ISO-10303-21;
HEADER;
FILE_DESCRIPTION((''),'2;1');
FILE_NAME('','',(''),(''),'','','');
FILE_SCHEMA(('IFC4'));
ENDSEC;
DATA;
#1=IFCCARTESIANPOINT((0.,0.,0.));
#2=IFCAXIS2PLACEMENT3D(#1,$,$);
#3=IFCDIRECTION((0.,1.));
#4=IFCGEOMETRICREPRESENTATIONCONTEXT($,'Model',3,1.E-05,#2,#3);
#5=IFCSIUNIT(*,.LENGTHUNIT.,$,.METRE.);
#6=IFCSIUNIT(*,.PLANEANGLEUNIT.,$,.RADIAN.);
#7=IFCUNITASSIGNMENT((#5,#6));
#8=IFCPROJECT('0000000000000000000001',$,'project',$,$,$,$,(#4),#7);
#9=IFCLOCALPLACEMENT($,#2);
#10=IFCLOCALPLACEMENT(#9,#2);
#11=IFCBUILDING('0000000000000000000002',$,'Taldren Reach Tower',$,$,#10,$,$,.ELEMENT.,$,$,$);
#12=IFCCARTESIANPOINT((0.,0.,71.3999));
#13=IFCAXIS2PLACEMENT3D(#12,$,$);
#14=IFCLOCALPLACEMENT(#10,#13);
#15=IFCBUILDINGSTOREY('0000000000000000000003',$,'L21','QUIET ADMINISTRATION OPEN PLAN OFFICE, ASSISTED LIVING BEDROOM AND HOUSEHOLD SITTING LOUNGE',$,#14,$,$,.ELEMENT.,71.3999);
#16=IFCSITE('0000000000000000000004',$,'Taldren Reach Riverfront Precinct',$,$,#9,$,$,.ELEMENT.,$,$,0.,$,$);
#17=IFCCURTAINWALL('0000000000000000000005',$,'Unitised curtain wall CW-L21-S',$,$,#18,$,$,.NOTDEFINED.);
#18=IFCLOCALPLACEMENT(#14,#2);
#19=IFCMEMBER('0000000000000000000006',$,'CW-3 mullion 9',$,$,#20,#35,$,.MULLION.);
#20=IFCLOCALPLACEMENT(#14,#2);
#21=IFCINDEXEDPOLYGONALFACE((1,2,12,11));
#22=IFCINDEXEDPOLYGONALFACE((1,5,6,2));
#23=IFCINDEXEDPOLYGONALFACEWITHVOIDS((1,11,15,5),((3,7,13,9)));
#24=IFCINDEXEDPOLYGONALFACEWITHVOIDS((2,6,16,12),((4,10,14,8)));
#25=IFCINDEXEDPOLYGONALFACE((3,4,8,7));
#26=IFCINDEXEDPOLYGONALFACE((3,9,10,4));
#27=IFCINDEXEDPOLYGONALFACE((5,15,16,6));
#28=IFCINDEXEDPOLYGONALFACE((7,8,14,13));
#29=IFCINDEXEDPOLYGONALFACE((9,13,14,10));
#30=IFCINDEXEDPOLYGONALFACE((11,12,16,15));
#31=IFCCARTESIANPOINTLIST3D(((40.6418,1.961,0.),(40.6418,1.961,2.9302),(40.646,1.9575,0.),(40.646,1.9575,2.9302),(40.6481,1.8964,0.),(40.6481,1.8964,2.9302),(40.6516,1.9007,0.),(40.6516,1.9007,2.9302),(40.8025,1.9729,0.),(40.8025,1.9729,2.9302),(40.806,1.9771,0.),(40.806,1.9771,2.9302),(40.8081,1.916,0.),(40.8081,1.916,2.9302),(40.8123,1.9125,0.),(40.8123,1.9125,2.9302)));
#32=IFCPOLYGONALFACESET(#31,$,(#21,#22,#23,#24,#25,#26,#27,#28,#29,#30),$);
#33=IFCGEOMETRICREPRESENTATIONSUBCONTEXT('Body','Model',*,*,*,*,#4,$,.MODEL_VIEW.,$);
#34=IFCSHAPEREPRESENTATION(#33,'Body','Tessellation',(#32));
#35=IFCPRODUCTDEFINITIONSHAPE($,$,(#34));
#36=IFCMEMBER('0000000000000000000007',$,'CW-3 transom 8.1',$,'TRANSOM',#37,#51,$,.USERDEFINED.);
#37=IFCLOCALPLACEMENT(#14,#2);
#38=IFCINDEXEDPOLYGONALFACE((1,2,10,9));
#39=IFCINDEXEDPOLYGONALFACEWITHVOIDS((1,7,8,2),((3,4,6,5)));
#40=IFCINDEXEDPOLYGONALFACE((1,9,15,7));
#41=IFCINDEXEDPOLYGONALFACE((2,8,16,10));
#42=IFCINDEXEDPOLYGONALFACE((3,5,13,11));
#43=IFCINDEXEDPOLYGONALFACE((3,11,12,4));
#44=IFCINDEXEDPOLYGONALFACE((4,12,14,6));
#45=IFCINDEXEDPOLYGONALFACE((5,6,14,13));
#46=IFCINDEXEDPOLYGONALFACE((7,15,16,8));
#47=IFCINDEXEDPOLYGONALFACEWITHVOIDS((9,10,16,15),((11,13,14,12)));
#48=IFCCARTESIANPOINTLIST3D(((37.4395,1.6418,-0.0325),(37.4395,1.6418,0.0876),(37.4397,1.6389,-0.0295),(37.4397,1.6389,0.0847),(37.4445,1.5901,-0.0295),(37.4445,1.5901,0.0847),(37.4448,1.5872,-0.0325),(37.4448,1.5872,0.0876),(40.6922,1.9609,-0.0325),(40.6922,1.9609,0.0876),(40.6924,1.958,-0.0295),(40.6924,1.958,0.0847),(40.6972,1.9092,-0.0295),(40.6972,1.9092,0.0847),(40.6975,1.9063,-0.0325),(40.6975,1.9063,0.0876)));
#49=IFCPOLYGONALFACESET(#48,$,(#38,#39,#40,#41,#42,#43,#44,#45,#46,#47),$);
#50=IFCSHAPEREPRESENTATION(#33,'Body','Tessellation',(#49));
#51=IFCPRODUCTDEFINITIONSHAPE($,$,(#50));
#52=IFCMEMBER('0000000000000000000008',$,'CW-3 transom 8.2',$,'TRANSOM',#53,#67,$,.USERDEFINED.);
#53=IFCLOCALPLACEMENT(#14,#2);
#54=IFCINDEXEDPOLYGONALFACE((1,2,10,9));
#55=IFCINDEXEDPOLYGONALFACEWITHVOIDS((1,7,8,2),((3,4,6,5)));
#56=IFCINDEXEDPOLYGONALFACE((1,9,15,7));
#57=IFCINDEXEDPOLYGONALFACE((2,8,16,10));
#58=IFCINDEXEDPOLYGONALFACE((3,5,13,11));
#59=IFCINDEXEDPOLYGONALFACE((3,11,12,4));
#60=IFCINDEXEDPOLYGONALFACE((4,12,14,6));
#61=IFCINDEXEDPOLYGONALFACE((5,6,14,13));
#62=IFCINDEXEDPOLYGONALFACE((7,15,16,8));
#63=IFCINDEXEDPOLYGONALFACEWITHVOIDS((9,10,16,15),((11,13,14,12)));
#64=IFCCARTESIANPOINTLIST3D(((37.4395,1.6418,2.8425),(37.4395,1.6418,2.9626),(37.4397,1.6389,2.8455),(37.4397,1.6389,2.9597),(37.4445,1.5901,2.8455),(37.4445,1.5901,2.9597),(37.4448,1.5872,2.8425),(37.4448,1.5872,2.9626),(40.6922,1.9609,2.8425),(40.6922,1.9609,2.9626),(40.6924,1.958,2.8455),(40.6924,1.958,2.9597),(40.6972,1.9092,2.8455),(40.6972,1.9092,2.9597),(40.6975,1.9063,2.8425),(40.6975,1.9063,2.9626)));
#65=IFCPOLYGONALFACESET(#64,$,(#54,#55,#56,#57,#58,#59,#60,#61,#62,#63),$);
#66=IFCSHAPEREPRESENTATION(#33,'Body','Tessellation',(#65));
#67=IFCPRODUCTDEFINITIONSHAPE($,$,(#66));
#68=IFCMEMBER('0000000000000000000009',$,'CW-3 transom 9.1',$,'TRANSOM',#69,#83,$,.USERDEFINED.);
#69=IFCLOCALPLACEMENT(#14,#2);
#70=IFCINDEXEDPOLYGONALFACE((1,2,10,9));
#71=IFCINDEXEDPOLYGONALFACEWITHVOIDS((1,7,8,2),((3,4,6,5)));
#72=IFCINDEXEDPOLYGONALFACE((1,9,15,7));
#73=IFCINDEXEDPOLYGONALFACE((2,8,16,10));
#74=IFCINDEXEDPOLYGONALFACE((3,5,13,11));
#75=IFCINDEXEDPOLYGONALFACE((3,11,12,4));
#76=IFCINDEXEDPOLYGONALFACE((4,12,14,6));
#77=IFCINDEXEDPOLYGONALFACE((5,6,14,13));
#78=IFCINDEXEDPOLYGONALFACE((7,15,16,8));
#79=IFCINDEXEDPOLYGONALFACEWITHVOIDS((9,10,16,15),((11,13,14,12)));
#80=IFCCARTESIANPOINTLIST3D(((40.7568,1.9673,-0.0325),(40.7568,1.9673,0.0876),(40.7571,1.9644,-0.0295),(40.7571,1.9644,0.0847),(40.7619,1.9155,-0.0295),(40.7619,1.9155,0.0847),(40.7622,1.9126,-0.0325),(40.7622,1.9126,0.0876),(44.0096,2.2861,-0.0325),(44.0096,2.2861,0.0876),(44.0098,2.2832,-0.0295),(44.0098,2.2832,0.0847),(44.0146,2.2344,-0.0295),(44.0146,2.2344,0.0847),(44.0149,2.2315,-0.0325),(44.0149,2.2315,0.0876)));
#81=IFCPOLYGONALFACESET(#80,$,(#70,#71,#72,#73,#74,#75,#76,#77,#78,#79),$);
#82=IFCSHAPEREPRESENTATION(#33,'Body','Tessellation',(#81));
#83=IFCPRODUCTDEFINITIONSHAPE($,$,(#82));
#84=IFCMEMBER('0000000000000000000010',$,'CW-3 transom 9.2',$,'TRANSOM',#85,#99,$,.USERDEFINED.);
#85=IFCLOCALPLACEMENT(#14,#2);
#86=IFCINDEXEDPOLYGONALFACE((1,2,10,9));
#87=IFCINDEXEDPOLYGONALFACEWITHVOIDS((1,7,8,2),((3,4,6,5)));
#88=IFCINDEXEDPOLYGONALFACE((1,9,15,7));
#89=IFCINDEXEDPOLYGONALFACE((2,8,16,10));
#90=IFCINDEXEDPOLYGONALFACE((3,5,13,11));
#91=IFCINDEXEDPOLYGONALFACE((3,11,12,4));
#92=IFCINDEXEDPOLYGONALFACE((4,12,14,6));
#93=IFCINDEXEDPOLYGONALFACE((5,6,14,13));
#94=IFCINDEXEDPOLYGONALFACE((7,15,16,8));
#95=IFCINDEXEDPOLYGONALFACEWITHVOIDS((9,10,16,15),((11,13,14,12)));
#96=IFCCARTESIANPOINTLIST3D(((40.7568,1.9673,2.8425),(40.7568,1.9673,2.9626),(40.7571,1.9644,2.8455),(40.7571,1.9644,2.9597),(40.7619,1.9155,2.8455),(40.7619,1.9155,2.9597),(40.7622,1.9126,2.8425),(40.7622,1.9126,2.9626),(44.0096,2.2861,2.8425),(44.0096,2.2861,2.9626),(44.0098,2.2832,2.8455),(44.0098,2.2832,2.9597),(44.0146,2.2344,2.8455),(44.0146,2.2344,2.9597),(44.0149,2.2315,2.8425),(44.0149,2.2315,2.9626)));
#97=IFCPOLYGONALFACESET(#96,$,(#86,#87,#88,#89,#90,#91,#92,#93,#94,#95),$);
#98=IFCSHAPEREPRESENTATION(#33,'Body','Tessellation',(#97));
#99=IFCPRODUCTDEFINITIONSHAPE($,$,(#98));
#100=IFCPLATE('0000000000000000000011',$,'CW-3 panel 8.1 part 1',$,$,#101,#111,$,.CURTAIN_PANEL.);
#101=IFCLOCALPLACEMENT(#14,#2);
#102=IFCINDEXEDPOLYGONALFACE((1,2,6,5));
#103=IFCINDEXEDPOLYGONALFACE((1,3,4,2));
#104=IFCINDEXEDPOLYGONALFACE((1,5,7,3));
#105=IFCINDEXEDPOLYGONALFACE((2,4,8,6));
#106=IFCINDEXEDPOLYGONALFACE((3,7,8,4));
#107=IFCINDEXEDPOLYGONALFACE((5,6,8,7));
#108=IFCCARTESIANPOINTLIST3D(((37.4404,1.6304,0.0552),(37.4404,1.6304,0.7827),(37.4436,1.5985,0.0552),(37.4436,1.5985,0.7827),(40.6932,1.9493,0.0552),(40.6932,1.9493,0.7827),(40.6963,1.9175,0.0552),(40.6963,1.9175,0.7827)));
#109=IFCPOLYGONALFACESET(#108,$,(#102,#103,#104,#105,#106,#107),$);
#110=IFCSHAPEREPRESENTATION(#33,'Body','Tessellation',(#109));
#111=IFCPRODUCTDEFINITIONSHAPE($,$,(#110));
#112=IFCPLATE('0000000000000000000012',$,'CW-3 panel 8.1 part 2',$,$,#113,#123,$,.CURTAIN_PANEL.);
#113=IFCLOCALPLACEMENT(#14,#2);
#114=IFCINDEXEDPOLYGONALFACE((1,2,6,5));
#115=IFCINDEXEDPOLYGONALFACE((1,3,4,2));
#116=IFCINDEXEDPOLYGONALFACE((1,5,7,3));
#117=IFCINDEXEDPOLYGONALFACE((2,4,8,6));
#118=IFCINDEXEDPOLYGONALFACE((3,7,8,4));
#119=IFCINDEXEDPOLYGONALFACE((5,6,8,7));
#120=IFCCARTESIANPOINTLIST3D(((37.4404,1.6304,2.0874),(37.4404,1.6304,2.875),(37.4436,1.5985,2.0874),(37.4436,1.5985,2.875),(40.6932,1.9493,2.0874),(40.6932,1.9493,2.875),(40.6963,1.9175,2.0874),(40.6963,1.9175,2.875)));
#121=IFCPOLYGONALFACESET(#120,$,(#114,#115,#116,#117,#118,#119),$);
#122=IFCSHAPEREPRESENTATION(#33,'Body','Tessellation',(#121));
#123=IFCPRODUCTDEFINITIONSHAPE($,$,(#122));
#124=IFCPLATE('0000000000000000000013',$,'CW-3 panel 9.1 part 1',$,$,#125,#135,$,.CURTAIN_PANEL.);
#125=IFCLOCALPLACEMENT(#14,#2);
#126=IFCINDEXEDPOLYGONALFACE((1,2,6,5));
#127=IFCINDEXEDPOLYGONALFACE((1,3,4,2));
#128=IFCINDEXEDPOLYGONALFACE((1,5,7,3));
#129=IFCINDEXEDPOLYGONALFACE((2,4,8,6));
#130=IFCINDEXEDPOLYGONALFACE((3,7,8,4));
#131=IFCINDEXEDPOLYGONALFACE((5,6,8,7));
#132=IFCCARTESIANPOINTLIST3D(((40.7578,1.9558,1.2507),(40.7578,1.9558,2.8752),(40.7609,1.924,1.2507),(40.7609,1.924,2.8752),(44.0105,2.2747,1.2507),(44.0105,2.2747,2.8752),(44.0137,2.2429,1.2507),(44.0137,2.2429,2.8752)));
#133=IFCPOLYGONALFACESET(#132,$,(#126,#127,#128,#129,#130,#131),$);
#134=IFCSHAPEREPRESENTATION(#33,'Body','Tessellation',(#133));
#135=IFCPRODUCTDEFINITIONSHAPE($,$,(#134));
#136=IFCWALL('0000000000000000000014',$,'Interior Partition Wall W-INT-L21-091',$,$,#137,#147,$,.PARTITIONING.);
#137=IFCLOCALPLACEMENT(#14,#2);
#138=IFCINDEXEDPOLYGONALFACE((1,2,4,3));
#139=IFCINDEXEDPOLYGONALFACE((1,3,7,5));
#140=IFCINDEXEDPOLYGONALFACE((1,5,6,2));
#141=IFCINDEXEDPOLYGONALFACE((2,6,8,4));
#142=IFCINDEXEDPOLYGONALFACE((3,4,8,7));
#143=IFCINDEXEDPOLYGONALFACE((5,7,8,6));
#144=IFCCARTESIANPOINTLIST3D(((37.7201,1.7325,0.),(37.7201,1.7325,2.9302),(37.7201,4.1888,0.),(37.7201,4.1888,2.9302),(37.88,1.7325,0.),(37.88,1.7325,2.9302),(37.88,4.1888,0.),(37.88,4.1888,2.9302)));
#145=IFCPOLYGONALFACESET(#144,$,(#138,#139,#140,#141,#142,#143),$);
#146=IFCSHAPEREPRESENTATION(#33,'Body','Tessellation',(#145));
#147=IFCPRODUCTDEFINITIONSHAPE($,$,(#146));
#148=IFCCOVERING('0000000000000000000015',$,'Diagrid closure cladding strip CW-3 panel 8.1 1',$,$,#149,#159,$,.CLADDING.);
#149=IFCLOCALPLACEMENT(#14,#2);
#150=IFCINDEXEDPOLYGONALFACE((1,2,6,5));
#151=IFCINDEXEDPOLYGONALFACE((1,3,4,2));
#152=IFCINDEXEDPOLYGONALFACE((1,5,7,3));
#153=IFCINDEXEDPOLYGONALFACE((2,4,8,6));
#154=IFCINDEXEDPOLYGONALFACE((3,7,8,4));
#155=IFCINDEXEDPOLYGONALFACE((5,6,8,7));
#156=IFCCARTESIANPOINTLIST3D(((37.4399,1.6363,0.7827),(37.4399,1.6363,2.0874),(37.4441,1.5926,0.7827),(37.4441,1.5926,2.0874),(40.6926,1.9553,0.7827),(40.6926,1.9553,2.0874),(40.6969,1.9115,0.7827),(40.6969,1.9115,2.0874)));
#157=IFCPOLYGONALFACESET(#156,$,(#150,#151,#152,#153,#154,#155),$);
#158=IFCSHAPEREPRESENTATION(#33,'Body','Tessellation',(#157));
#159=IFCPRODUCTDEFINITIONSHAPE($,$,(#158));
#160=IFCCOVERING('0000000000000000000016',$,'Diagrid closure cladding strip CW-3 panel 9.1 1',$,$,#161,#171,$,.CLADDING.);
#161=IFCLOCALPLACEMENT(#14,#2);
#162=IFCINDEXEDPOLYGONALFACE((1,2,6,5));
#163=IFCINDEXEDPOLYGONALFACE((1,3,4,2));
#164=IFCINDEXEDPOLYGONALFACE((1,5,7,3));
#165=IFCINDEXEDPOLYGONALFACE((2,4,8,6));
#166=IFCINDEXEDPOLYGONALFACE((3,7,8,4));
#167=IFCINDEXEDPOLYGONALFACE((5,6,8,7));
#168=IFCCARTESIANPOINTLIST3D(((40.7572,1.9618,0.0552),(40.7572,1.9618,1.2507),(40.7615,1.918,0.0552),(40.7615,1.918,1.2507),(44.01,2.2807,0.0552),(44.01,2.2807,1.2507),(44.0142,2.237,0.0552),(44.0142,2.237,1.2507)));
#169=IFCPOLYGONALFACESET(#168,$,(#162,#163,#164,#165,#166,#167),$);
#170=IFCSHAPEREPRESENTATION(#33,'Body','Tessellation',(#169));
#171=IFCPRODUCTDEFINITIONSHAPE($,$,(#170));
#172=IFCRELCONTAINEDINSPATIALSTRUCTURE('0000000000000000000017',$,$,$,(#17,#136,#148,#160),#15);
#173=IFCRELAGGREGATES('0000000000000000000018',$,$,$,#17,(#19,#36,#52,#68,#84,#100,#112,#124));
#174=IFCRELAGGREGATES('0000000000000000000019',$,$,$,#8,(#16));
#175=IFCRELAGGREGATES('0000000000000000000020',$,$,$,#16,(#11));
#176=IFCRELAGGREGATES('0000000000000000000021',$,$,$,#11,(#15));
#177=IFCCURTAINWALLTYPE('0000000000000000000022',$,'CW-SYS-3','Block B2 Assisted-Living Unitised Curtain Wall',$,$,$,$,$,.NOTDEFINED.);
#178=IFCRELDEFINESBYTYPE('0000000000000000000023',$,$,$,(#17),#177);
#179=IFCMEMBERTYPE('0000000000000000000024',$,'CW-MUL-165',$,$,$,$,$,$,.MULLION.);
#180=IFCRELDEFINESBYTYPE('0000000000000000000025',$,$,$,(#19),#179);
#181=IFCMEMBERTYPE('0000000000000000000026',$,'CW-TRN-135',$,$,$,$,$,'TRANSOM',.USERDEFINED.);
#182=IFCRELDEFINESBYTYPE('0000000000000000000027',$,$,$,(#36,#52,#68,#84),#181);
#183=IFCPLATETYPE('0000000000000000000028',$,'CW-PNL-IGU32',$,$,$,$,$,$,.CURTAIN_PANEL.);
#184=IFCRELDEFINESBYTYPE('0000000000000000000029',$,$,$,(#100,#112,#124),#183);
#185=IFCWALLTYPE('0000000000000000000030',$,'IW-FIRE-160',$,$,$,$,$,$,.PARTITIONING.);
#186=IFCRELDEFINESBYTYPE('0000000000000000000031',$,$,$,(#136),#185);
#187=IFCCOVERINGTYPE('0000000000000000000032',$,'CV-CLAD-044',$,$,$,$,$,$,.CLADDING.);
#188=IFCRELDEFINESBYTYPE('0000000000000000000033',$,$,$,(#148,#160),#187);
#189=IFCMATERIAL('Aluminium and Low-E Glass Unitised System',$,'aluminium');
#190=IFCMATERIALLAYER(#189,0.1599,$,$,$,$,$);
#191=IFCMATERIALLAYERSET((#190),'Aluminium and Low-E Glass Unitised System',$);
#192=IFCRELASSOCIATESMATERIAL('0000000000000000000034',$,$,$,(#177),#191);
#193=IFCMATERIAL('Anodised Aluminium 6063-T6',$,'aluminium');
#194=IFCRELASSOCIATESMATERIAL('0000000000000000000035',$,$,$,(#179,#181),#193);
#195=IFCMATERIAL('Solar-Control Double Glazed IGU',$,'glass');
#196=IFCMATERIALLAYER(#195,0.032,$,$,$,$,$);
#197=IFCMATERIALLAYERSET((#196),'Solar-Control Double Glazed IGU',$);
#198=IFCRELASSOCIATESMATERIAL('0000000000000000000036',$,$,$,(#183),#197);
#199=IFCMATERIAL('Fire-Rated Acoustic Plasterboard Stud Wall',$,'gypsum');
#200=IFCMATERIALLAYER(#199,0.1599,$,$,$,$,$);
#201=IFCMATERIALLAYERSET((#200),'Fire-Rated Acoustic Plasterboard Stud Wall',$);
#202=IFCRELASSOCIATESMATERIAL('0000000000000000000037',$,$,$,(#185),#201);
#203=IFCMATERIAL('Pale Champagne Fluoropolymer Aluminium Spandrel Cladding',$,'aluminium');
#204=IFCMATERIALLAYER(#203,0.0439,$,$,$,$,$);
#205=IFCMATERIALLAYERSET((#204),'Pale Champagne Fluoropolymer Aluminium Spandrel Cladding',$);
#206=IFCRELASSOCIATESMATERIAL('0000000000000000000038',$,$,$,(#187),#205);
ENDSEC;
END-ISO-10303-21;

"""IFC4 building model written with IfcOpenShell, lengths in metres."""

from ifc_helpers import new_model, si_unit, direction, frame, frame_2d, origin, origin_2d, place, context, subcontext, project, spatial, rectangle, hollow_rectangle, extrude, source, transform, mapped, material, layer, layer_set, material_profile, profile_set, type_object, element, aggregate, save


model = new_model("IFC4")

# Units and contexts
model_context = context("Model", 3, precision=1e-05, world=origin(), true_north=direction((0.0, 1.0)))
body_context = subcontext(model_context, "Body", "Model", "MODEL_VIEW")
ifc_project = project(units=[si_unit("LENGTHUNIT", "METRE"), si_unit("PLANEANGLEUNIT", "RADIAN")], contexts=[model_context])

# Site, building, storey
site_placement = place(None, origin())
site = spatial("IfcSite", under=ifc_project, at=site_placement, Name="Taldren Reach Riverfront Precinct", CompositionType="ELEMENT", RefElevation=0.0)
building_placement = place(site_placement, origin())
building = spatial("IfcBuilding", under=site, at=building_placement, Name="Taldren Reach Tower", CompositionType="ELEMENT")
storey_placement = place(building_placement, frame((0.0, 0.0, 71.3999)))
storey = spatial("IfcBuildingStorey", under=building, at=storey_placement, Name="L21", Description="QUIET ADMINISTRATION OPEN PLAN OFFICE, ASSISTED LIVING BEDROOM AND HOUSEHOLD SITTING LOUNGE", CompositionType="ELEMENT", Elevation=71.3999)

# Curtain wall, members, plates
ifc_material_1 = material(Name="Aluminium and Low-E Glass Unitised System", Category="aluminium")
ifc_layer_1 = layer(ifc_material_1, 0.1599)
ifc_layer_set_1 = layer_set([ifc_layer_1], Name="Aluminium and Low-E Glass Unitised System")
curtain_wall_type = type_object("IfcCurtainWallType", Name="CW-SYS-3", Description="Block B2 Assisted-Living Unitised Curtain Wall", PredefinedType="NOTDEFINED", material=ifc_layer_set_1)
curtain_wall_placement = place(storey_placement, origin())
curtain_wall = element("IfcCurtainWall", 1, at=curtain_wall_placement, inside=storey, type_object=curtain_wall_type, Name="Unitised curtain wall CW-L21-S", PredefinedType="NOTDEFINED")
ifc_material_2 = material(Name="Anodised Aluminium 6063-T6", Category="aluminium")
ifc_material_profile_1 = material_profile(ifc_material_2, hollow_rectangle(XDim=0.0649, YDim=0.165, WallThickness=0.0039, at=origin_2d()), Name="ALU-165x65x4RHS")
ifc_profile_set_1 = profile_set([ifc_material_profile_1], Name="Anodised Aluminium 6063-T6")
member_type_1 = type_object("IfcMemberType", Name="CW-MUL-165", PredefinedType="MULLION", material=ifc_profile_set_1)
shared_shape_1 = source(origin(), body_context, "Body", "SweptSolid", [
    extrude(hollow_rectangle(XDim=0.0649, YDim=0.165, WallThickness=0.0039, at=origin_2d()), origin(), (0.0, 0.0, 1.0), 2.9302),
])
member_1_placement = place(storey_placement, frame((40.7271, 1.9368, 0.0), z_axis=(0.0, 0.0, 1.0), x_axis=(-0.097583, 0.995227, 0.0)))
member_1 = element("IfcMember", 2, at=member_1_placement, type_object=member_type_1, Name="CW-3 mullion 9", PredefinedType="MULLION", context=body_context, shape_type="MappedRepresentation", body=[
    mapped(shared_shape_1, transform((0.0, 0.0, 0.0), scale=1.0)),
])
ifc_material_profile_2 = material_profile(ifc_material_2, hollow_rectangle(XDim=0.0549, YDim=0.1201, WallThickness=0.0029, at=origin_2d()), Name="ALU-120x55x3RHS")
ifc_profile_set_2 = profile_set([ifc_material_profile_2], Name="Anodised Aluminium 6063-T6")
member_type_2 = type_object("IfcMemberType", Name="CW-TRN-135", ElementType="TRANSOM", PredefinedType="USERDEFINED", material=ifc_profile_set_2)
shared_shape_2 = source(origin(), body_context, "Body", "SweptSolid", [
    extrude(hollow_rectangle(XDim=0.0549, YDim=0.1201, WallThickness=0.0029, at=origin_2d()), origin(), (0.0, 0.0, 1.0), 3.2683),
])
member_2_placement = place(storey_placement, frame((37.4421, 1.6145, 0.0276), z_axis=(0.995223, 0.097632, 0.0), x_axis=(-0.097632, 0.995223, 0.0)))
member_2 = element("IfcMember", 3, at=member_2_placement, type_object=member_type_2, Name="CW-3 transom 8.1", ObjectType="TRANSOM", PredefinedType="USERDEFINED", context=body_context, shape_type="MappedRepresentation", body=[
    mapped(shared_shape_2, transform((0.0, 0.0, 0.0), scale=1.0)),
])
member_3_placement = place(storey_placement, frame((37.4421, 1.6145, 2.9026), z_axis=(0.995223, 0.097632, 0.0), x_axis=(-0.097632, 0.995223, 0.0)))
member_3 = element("IfcMember", 4, at=member_3_placement, type_object=member_type_2, Name="CW-3 transom 8.2", ObjectType="TRANSOM", PredefinedType="USERDEFINED", context=body_context, shape_type="MappedRepresentation", body=[
    mapped(shared_shape_2, transform((0.0, 0.0, 0.0), scale=1.0)),
])
member_4_placement = place(storey_placement, frame((40.7595, 1.9399, 0.0276), z_axis=(0.99523, 0.097558, 0.0), x_axis=(-0.097558, 0.99523, 0.0)))
member_4 = element("IfcMember", 5, at=member_4_placement, type_object=member_type_2, Name="CW-3 transom 9.1", ObjectType="TRANSOM", PredefinedType="USERDEFINED", context=body_context, shape_type="MappedRepresentation", body=[
    mapped(shared_shape_2, transform((0.0, 0.0, 0.0), scale=1.0)),
])
member_5_placement = place(storey_placement, frame((40.7595, 1.9399, 2.9026), z_axis=(0.99523, 0.097558, 0.0), x_axis=(-0.097558, 0.99523, 0.0)))
member_5 = element("IfcMember", 6, at=member_5_placement, type_object=member_type_2, Name="CW-3 transom 9.2", ObjectType="TRANSOM", PredefinedType="USERDEFINED", context=body_context, shape_type="MappedRepresentation", body=[
    mapped(shared_shape_2, transform((0.0, 0.0, 0.0), scale=1.0)),
])
ifc_material_3 = material(Name="Solar-Control Double Glazed IGU", Category="glass")
ifc_layer_2 = layer(ifc_material_3, 0.032)
ifc_layer_set_2 = layer_set([ifc_layer_2], Name="Solar-Control Double Glazed IGU")
plate_type = type_object("IfcPlateType", Name="CW-PNL-IGU32", PredefinedType="CURTAIN_PANEL", material=ifc_layer_set_2)
shared_shape_3 = source(origin(), body_context, "Body", "SweptSolid", [
    extrude(rectangle(XDim=3.2683, YDim=0.032, at=origin_2d()), origin(), (0.0, 0.0, 1.0), 0.7275),
])
plate_1_placement = place(storey_placement, frame((39.0684, 1.7739, 0.0552), z_axis=(0.0, 0.0, 1.0), x_axis=(0.995227, 0.097583, 0.0)))
plate_1 = element("IfcPlate", 7, at=plate_1_placement, type_object=plate_type, Name="CW-3 panel 8.1 part 1", PredefinedType="CURTAIN_PANEL", context=body_context, shape_type="MappedRepresentation", body=[
    mapped(shared_shape_3, transform((0.0, 0.0, 0.0), scale=1.0)),
])
shared_shape_4 = source(origin(), body_context, "Body", "SweptSolid", [
    extrude(rectangle(XDim=3.2683, YDim=0.032, at=origin_2d()), origin(), (0.0, 0.0, 1.0), 0.7876),
])
plate_2_placement = place(storey_placement, frame((39.0684, 1.7739, 2.0874), z_axis=(0.0, 0.0, 1.0), x_axis=(0.995227, 0.097583, 0.0)))
plate_2 = element("IfcPlate", 8, at=plate_2_placement, type_object=plate_type, Name="CW-3 panel 8.1 part 2", PredefinedType="CURTAIN_PANEL", context=body_context, shape_type="MappedRepresentation", body=[
    mapped(shared_shape_4, transform((0.0, 0.0, 0.0), scale=1.0)),
])
shared_shape_5 = source(origin(), body_context, "Body", "SweptSolid", [
    extrude(rectangle(XDim=3.2683, YDim=0.032, at=origin_2d()), origin(), (0.0, 0.0, 1.0), 1.6245),
])
plate_3_placement = place(storey_placement, frame((42.3857, 2.0994, 1.2507), z_axis=(0.0, 0.0, 1.0), x_axis=(0.995227, 0.097583, 0.0)))
plate_3 = element("IfcPlate", 9, at=plate_3_placement, type_object=plate_type, Name="CW-3 panel 9.1 part 1", PredefinedType="CURTAIN_PANEL", context=body_context, shape_type="MappedRepresentation", body=[
    mapped(shared_shape_5, transform((0.0, 0.0, 0.0), scale=1.0)),
])
aggregate(curtain_wall, [member_1, member_2, member_3, member_4, member_5, plate_1, plate_2, plate_3])

# Wall
ifc_material_4 = material(Name="Fire-Rated Acoustic Plasterboard Stud Wall", Category="gypsum")
ifc_layer_3 = layer(ifc_material_4, 0.1599)
ifc_layer_set_3 = layer_set([ifc_layer_3], Name="Fire-Rated Acoustic Plasterboard Stud Wall")
wall_type = type_object("IfcWallType", Name="IW-FIRE-160", PredefinedType="PARTITIONING", material=ifc_layer_set_3)
shared_shape_6 = source(origin(), body_context, "Body", "SweptSolid", [
    extrude(rectangle(XDim=2.4563, YDim=0.1599, at=frame_2d((1.228, 0.0))), origin(), (0.0, 0.0, 1.0), 2.9302),
])
wall_placement = place(storey_placement, frame((37.8, 4.1887, 0.0), z_axis=(0.0, 0.0, 1.0), x_axis=(0.0, -1.0, 0.0)))
element("IfcWall", 10, at=wall_placement, inside=storey, type_object=wall_type, Name="Interior Partition Wall W-INT-L21-091", PredefinedType="PARTITIONING", context=body_context, shape_type="MappedRepresentation", body=[
    mapped(shared_shape_6, transform((0.0, 0.0, 0.0), scale=1.0)),
])

# Coverings
ifc_material_5 = material(Name="Pale Champagne Fluoropolymer Aluminium Spandrel Cladding", Category="aluminium")
ifc_layer_4 = layer(ifc_material_5, 0.0439)
ifc_layer_set_4 = layer_set([ifc_layer_4], Name="Pale Champagne Fluoropolymer Aluminium Spandrel Cladding")
covering_type = type_object("IfcCoveringType", Name="CV-CLAD-044", PredefinedType="CLADDING", material=ifc_layer_set_4)
shared_shape_7 = source(origin(), body_context, "Body", "SweptSolid", [
    extrude(rectangle(XDim=3.2683, YDim=0.0439, at=origin_2d()), origin(), (0.0, 0.0, 1.0), 1.3047),
])
covering_1_placement = place(storey_placement, frame((39.0684, 1.7739, 0.7827), z_axis=(0.0, 0.0, 1.0), x_axis=(0.995227, 0.097583, 0.0)))
element("IfcCovering", 11, at=covering_1_placement, inside=storey, type_object=covering_type, Name="Diagrid closure cladding strip CW-3 panel 8.1 1", PredefinedType="CLADDING", context=body_context, shape_type="MappedRepresentation", body=[
    mapped(shared_shape_7, transform((0.0, 0.0, 0.0), scale=1.0)),
])
shared_shape_8 = source(origin(), body_context, "Body", "SweptSolid", [
    extrude(rectangle(XDim=3.2683, YDim=0.0439, at=origin_2d()), origin(), (0.0, 0.0, 1.0), 1.1956),
])
covering_2_placement = place(storey_placement, frame((42.3857, 2.0994, 0.0552), z_axis=(0.0, 0.0, 1.0), x_axis=(0.995227, 0.097583, 0.0)))
element("IfcCovering", 12, at=covering_2_placement, inside=storey, type_object=covering_type, Name="Diagrid closure cladding strip CW-3 panel 9.1 1", PredefinedType="CLADDING", context=body_context, shape_type="MappedRepresentation", body=[
    mapped(shared_shape_8, transform((0.0, 0.0, 0.0), scale=1.0)),
])

save(model, "model.ifc")
